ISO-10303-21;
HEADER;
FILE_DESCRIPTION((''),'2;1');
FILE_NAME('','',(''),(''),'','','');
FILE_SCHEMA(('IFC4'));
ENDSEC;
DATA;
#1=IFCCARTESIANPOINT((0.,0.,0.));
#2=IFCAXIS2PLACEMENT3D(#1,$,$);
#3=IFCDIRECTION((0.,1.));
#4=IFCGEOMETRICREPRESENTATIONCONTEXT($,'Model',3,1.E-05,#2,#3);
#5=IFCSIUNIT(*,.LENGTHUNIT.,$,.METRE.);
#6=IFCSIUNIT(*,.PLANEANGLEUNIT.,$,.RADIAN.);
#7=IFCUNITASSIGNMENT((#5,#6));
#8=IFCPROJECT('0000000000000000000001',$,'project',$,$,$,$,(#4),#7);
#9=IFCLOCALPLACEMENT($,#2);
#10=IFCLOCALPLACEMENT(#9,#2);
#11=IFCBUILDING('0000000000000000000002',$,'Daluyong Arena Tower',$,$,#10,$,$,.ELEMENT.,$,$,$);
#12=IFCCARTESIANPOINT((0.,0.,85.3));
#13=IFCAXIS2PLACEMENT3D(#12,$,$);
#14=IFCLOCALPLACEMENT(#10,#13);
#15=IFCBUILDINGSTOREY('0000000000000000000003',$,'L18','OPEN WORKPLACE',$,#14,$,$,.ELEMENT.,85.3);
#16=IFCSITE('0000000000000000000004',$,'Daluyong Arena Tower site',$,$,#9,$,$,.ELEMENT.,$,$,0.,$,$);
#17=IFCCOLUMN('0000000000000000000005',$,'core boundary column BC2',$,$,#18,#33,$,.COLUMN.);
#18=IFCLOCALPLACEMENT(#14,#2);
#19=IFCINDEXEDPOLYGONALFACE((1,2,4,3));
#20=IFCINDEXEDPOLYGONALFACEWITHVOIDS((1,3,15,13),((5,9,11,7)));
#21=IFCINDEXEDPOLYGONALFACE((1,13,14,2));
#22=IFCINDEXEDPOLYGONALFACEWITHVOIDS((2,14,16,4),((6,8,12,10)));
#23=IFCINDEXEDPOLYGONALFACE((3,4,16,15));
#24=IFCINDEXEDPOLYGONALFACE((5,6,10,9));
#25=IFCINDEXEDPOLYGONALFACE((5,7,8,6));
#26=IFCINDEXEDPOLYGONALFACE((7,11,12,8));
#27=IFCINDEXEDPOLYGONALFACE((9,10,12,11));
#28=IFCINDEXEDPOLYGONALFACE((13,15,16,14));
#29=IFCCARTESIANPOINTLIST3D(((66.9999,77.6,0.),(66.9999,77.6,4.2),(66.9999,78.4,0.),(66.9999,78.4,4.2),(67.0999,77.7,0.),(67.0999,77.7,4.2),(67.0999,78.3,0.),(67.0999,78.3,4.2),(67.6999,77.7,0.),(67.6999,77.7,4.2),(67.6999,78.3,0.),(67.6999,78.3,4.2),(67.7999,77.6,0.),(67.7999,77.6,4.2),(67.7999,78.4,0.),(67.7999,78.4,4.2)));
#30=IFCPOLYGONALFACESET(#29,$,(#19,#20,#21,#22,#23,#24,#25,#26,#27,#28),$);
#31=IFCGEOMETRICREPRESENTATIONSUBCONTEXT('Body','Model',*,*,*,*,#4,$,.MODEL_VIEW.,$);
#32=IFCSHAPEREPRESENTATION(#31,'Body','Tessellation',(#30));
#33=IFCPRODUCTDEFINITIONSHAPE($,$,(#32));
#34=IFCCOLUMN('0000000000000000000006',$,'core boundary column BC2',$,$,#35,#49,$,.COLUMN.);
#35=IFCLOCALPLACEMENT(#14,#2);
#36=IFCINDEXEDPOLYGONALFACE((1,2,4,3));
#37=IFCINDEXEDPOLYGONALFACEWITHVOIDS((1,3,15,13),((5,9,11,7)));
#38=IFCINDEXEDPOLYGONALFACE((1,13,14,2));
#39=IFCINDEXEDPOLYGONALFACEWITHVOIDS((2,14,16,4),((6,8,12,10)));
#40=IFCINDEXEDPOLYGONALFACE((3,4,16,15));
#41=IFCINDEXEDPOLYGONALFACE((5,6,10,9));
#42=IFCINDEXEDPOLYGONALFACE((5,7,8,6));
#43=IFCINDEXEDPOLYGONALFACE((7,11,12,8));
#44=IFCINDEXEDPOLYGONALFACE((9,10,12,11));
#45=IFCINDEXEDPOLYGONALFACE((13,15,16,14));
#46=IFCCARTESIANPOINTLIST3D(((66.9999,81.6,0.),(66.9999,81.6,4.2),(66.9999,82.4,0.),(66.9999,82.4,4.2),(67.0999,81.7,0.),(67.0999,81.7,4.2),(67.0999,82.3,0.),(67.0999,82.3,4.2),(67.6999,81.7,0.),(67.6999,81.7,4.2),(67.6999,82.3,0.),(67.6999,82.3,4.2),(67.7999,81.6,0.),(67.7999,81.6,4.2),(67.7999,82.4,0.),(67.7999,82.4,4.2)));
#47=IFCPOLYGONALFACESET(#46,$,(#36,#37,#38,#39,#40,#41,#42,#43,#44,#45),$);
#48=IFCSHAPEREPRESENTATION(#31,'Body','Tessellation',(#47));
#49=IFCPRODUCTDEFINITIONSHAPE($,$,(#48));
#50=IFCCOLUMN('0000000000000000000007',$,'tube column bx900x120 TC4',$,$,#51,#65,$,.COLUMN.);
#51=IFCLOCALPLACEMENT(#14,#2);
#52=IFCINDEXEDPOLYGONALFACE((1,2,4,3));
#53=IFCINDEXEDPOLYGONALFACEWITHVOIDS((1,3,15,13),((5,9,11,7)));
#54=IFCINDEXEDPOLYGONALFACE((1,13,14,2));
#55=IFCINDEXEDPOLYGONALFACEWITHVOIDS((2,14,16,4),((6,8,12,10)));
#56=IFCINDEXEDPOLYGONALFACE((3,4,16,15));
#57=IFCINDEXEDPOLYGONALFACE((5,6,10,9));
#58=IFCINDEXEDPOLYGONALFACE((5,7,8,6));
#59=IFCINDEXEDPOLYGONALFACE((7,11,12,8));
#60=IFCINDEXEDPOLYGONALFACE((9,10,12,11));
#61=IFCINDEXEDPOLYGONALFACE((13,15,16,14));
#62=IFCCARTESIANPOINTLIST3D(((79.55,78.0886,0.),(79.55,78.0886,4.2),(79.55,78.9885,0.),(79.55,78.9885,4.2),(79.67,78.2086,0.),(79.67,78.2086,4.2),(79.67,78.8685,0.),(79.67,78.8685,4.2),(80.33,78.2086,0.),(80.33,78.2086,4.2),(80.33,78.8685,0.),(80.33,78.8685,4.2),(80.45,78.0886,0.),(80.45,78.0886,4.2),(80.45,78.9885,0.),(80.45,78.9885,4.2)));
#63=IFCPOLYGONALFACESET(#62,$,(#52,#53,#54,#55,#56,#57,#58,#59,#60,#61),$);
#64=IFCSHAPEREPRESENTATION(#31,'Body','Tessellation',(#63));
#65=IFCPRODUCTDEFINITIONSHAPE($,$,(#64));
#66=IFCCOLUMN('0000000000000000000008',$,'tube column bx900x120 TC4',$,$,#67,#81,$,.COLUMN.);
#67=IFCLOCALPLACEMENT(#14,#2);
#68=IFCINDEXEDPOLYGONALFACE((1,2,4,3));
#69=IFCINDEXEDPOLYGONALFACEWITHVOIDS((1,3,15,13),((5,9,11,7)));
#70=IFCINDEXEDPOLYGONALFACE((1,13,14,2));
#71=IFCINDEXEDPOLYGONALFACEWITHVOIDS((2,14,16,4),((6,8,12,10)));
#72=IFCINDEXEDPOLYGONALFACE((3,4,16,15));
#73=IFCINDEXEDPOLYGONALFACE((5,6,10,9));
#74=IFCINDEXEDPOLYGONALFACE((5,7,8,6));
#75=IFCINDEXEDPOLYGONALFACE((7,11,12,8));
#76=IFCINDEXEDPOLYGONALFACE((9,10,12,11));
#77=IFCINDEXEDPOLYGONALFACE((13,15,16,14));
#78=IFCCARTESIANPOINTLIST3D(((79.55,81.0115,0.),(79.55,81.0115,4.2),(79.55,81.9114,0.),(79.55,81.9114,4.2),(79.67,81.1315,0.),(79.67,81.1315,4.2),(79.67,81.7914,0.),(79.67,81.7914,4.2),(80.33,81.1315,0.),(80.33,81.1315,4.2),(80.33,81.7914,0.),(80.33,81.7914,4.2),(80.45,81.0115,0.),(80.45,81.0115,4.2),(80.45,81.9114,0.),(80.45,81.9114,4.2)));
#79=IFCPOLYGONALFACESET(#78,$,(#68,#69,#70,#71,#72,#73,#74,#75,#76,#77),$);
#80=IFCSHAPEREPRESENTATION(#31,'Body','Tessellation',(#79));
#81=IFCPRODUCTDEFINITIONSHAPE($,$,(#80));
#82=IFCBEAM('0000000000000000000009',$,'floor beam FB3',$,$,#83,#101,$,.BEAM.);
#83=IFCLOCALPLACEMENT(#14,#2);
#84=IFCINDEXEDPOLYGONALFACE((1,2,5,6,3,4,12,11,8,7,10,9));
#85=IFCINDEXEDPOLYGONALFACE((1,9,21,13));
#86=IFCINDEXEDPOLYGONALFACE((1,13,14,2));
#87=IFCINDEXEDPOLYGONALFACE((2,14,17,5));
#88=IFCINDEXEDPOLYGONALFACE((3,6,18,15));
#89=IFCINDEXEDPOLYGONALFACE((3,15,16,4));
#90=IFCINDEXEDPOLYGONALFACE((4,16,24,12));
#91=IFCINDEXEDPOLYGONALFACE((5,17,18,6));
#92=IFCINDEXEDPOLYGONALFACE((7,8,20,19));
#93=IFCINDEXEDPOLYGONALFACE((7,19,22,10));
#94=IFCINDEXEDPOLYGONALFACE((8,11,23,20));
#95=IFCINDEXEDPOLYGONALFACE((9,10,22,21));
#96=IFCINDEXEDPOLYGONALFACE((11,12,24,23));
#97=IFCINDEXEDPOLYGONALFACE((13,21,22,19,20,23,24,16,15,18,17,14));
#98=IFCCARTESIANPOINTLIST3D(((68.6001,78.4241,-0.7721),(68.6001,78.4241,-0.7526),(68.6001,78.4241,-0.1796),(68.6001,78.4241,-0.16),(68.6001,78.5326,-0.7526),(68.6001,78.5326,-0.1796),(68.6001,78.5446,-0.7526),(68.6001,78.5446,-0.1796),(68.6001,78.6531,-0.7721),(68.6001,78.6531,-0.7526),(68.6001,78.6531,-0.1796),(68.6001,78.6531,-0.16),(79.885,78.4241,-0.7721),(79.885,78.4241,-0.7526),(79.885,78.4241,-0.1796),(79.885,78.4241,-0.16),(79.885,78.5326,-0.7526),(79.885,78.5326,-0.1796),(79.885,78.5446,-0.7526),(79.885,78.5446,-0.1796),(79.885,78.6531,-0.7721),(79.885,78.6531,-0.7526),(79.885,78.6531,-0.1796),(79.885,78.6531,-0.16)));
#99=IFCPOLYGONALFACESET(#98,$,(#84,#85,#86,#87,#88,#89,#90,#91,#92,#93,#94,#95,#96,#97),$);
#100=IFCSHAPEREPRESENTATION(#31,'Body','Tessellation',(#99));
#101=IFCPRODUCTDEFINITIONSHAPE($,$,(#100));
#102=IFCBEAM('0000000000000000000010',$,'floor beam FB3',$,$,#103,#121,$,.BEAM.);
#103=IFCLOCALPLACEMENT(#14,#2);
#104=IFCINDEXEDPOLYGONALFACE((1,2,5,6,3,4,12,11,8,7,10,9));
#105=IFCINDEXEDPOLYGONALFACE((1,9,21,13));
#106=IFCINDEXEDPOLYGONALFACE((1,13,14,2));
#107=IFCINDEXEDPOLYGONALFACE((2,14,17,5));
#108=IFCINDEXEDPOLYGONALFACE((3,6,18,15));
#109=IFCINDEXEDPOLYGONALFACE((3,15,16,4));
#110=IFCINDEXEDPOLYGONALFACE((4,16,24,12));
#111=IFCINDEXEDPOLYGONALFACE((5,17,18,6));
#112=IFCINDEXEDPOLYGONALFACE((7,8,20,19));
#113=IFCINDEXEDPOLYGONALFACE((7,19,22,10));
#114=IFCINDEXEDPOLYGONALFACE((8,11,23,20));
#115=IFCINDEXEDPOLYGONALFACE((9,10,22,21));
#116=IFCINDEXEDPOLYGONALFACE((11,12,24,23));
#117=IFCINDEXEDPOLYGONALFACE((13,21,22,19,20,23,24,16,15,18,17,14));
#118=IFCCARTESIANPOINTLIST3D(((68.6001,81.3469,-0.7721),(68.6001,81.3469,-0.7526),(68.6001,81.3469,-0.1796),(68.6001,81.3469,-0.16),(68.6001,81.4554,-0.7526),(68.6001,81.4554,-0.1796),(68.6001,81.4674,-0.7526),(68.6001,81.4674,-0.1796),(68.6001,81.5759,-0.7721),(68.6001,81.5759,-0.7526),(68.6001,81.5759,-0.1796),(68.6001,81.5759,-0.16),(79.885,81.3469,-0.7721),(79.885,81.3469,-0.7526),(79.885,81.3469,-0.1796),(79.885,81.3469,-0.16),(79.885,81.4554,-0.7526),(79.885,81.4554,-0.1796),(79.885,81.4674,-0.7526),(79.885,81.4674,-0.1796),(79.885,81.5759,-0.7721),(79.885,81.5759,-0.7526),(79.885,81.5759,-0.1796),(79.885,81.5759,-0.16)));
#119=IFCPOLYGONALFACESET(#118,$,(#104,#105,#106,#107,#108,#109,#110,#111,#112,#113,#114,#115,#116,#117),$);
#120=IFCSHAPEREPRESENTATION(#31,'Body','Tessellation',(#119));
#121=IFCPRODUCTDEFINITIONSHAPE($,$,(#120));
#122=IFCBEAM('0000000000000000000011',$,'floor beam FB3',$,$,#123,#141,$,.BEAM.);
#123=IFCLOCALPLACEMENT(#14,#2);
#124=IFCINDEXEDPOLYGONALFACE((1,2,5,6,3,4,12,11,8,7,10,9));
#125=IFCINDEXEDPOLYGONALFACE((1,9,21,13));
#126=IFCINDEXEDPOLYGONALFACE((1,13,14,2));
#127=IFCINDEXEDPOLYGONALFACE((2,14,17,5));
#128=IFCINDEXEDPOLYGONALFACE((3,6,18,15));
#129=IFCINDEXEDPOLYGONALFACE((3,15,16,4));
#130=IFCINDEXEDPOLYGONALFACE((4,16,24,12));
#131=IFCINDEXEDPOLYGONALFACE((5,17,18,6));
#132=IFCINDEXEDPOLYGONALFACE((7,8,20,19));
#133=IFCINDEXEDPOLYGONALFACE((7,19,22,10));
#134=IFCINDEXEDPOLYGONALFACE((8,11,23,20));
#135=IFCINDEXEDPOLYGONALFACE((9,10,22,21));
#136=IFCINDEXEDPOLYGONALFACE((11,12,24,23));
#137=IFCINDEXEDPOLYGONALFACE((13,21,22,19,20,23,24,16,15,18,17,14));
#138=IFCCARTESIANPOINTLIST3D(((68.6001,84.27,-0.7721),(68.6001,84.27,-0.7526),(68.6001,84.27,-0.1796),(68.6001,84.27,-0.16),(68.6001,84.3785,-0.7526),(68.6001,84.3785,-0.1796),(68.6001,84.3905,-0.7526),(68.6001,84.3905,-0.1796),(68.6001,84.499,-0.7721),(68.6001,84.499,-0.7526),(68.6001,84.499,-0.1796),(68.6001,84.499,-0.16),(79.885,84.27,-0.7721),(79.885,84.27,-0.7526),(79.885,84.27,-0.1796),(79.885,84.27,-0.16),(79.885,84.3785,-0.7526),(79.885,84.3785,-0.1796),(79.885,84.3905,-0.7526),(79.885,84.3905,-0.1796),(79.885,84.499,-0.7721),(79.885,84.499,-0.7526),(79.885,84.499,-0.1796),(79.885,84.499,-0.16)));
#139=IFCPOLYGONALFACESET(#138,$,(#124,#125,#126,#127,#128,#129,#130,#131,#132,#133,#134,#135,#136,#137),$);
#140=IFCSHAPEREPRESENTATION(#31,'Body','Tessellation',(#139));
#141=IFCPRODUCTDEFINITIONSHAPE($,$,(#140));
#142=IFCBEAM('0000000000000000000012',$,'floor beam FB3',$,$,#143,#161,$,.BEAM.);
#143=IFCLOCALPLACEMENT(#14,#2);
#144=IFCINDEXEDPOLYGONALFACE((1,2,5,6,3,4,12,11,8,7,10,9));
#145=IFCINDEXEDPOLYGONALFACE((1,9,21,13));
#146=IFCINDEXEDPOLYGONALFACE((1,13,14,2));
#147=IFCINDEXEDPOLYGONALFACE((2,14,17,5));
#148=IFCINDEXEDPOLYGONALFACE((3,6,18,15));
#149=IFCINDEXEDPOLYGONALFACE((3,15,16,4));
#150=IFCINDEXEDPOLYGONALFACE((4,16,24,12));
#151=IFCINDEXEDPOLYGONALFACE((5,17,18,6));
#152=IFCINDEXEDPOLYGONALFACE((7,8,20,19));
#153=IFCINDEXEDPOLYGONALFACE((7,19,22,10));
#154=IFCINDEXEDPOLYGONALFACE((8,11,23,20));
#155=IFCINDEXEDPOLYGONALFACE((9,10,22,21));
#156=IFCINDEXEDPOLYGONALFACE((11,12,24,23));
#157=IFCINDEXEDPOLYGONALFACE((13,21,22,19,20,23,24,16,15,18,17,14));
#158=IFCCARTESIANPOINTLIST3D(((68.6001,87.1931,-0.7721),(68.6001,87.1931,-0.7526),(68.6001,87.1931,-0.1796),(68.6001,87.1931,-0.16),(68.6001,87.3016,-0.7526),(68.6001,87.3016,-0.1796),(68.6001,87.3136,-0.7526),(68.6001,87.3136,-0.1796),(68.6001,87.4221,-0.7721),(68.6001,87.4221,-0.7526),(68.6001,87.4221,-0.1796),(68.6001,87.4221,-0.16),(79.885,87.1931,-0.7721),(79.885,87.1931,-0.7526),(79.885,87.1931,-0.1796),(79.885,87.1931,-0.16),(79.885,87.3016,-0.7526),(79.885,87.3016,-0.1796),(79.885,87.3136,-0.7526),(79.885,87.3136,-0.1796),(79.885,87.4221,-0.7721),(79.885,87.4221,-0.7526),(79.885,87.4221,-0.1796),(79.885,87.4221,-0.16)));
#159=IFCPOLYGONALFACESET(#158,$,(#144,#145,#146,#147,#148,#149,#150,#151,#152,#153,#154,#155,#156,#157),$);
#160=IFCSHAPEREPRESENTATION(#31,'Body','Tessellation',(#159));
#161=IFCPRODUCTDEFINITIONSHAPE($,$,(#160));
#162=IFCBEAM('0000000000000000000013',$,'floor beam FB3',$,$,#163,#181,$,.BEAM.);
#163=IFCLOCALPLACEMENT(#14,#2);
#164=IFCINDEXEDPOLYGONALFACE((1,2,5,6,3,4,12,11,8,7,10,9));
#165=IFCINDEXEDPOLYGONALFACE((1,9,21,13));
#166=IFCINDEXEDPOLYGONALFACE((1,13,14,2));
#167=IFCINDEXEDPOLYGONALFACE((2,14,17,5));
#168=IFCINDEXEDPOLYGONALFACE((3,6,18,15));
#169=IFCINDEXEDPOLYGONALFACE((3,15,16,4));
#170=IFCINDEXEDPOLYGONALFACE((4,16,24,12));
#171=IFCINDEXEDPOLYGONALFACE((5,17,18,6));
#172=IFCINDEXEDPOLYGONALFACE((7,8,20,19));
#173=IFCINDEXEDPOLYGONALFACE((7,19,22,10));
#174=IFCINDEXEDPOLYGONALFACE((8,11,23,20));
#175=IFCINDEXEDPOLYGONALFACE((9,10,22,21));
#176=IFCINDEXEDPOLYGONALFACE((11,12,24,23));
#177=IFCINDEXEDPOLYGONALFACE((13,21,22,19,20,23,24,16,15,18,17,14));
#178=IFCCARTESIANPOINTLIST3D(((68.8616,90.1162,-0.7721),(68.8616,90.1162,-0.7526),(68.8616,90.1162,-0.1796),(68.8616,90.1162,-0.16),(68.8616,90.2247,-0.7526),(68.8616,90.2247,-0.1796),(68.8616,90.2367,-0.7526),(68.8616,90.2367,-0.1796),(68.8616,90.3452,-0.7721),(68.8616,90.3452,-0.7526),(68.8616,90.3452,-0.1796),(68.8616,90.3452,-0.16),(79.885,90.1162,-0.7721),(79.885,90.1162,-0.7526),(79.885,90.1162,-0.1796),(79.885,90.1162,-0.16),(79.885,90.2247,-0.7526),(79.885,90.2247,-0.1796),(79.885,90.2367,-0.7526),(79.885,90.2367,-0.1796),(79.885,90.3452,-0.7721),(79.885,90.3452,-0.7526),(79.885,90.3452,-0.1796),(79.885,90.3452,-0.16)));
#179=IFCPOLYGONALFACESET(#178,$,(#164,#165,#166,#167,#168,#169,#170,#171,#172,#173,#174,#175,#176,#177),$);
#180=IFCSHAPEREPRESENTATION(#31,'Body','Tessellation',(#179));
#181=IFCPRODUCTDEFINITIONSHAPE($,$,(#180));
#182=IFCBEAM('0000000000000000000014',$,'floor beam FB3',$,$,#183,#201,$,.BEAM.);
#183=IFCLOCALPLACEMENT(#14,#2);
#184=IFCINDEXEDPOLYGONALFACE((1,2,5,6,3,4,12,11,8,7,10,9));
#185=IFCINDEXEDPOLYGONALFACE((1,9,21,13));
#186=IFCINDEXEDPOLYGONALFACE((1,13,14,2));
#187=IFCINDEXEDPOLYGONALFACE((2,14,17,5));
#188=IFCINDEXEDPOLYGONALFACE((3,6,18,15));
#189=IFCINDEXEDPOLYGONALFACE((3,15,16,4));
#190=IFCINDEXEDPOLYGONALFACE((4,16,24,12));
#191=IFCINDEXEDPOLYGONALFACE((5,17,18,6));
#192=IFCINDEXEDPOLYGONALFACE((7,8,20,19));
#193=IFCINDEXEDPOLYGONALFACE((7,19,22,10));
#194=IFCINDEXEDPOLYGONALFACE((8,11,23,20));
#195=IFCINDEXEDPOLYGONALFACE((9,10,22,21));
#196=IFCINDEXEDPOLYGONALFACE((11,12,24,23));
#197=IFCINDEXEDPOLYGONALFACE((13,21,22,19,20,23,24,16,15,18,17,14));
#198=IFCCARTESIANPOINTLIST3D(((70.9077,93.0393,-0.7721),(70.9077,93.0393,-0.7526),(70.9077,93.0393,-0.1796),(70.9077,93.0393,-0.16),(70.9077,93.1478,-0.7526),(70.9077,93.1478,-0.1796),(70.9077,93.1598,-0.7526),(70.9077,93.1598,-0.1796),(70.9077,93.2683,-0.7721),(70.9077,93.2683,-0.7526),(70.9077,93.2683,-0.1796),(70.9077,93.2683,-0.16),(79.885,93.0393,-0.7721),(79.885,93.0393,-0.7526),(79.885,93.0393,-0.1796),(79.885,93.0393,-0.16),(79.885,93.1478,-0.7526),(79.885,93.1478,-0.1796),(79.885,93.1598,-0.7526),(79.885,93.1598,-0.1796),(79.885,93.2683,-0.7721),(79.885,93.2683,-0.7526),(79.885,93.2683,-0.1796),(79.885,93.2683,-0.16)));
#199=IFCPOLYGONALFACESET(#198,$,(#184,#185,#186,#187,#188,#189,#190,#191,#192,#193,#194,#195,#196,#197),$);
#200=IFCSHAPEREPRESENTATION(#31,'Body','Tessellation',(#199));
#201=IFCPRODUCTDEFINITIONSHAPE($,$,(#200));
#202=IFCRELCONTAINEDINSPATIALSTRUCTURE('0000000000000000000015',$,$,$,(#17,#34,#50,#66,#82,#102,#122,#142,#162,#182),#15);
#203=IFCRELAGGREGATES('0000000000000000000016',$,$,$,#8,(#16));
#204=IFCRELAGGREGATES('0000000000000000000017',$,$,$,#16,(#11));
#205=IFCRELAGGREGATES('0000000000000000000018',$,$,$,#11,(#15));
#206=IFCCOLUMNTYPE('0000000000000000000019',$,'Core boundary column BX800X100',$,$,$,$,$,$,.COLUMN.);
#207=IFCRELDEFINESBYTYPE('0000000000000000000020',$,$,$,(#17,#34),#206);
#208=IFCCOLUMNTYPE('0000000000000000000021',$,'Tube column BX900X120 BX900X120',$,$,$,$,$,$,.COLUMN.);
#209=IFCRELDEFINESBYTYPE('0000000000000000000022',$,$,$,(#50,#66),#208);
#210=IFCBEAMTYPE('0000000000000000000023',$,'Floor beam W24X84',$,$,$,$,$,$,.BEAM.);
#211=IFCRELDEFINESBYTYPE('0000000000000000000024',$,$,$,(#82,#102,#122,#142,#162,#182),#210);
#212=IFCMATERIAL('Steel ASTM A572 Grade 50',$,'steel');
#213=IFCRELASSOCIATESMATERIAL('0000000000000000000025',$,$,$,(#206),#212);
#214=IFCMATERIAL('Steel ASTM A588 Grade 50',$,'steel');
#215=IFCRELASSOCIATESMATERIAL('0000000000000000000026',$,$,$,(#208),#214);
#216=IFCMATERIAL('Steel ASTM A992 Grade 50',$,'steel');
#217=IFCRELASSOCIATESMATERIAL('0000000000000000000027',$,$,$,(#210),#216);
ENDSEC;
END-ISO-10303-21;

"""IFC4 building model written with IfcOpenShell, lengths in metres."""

from ifc_helpers import new_model, si_unit, direction, frame, origin, origin_2d, place, context, subcontext, project, spatial, hollow_rectangle, i_section, extrude, material, material_profile, profile_set, type_object, element, save


model = new_model("IFC4")

# Units and contexts
model_context = context("Model", 3, precision=1e-05, world=origin(), true_north=direction((0.0, 1.0)))
body_context = subcontext(model_context, "Body", "Model", "MODEL_VIEW")
ifc_project = project(units=[si_unit("LENGTHUNIT", "METRE"), si_unit("PLANEANGLEUNIT", "RADIAN")], contexts=[model_context])

# Site, building, storey
site_placement = place(None, origin())
site = spatial("IfcSite", under=ifc_project, at=site_placement, Name="Daluyong Arena Tower site", CompositionType="ELEMENT", RefElevation=0.0)
building_placement = place(site_placement, origin())
building = spatial("IfcBuilding", under=site, at=building_placement, Name="Daluyong Arena Tower", CompositionType="ELEMENT")
storey_placement = place(building_placement, frame((0.0, 0.0, 85.3)))
storey = spatial("IfcBuildingStorey", under=building, at=storey_placement, Name="L18", Description="OPEN WORKPLACE", CompositionType="ELEMENT", Elevation=85.3)

# Columns
ifc_material_1 = material(Name="Steel ASTM A572 Grade 50", Category="steel")
ifc_material_profile_1 = material_profile(ifc_material_1, hollow_rectangle(XDim=0.8, YDim=0.8, WallThickness=0.1, at=origin_2d()))
ifc_profile_set_1 = profile_set([ifc_material_profile_1], Name="Steel ASTM A572 Grade 50")
column_type_1 = type_object("IfcColumnType", Name="Core boundary column BX800X100", PredefinedType="COLUMN", material=ifc_profile_set_1)
for number, where, z_axis, x_axis, name in (
    (1, (67.3999, 78.0, 0.0), (0.0, 0.0, 1.0), (1.0, 0.0, 0.0), "core boundary column BC2"),
    (2, (67.3999, 82.0, 0.0), (0.0, 0.0, 1.0), (1.0, 0.0, 0.0), "core boundary column BC2"),
):
    element("IfcColumn", number, at=place(storey_placement, frame(where, z_axis=z_axis, x_axis=x_axis)), inside=storey, type_object=column_type_1, Name=name, PredefinedType="COLUMN", context=body_context, shape_type="SweptSolid", body=[
        extrude(hollow_rectangle(XDim=0.8, YDim=0.8, WallThickness=0.1, at=origin_2d()), origin(), (0.0, 0.0, 1.0), 4.2),
    ])
ifc_material_2 = material(Name="Steel ASTM A588 Grade 50", Category="steel")
ifc_material_profile_2 = material_profile(ifc_material_2, hollow_rectangle(XDim=0.8999, YDim=0.8999, WallThickness=0.12, at=origin_2d()))
ifc_profile_set_2 = profile_set([ifc_material_profile_2], Name="Steel ASTM A588 Grade 50")
column_type_2 = type_object("IfcColumnType", Name="Tube column BX900X120 BX900X120", PredefinedType="COLUMN", material=ifc_profile_set_2)
for number, where, z_axis, x_axis, name in (
    (3, (80.0, 78.5386, 0.0), (0.0, 0.0, 1.0), (0.0, 1.0, 0.0), "tube column bx900x120 TC4"),
    (4, (80.0, 81.4614, 0.0), (0.0, 0.0, 1.0), (0.0, 1.0, 0.0), "tube column bx900x120 TC4"),
):
    element("IfcColumn", number, at=place(storey_placement, frame(where, z_axis=z_axis, x_axis=x_axis)), inside=storey, type_object=column_type_2, Name=name, PredefinedType="COLUMN", context=body_context, shape_type="SweptSolid", body=[
        extrude(hollow_rectangle(XDim=0.8999, YDim=0.8999, WallThickness=0.12, at=origin_2d()), origin(), (0.0, 0.0, 1.0), 4.2),
    ])

# Beams
ifc_material_3 = material(Name="Steel ASTM A992 Grade 50", Category="steel")
ifc_material_profile_3 = material_profile(ifc_material_3, i_section(OverallWidth=0.229, OverallDepth=0.6121, WebThickness=0.012, FlangeThickness=0.0195, at=origin_2d()))
ifc_profile_set_3 = profile_set([ifc_material_profile_3], Name="Steel ASTM A992 Grade 50")
beam_type_1 = type_object("IfcBeamType", Name="Floor beam W24X84", PredefinedType="BEAM", material=ifc_profile_set_3)
for number, where, z_axis, x_axis, name in (
    (5, (79.885, 78.5386, -0.4661), (-1.0, 0.0, 0.0), (0.0, -1.0, 0.0), "floor beam FB3"),
    (6, (79.885, 81.4614, -0.4661), (-1.0, 0.0, 0.0), (0.0, -1.0, 0.0), "floor beam FB3"),
    (7, (79.885, 84.3845, -0.4661), (-1.0, 0.0, 0.0), (0.0, -1.0, 0.0), "floor beam FB3"),
    (8, (79.885, 87.3076, -0.4661), (-1.0, 0.0, 0.0), (0.0, -1.0, 0.0), "floor beam FB3"),
):
    element("IfcBeam", number, at=place(storey_placement, frame(where, z_axis=z_axis, x_axis=x_axis)), inside=storey, type_object=beam_type_1, Name=name, PredefinedType="BEAM", context=body_context, shape_type="SweptSolid", body=[
        extrude(i_section(OverallWidth=0.229, OverallDepth=0.6121, WebThickness=0.012, FlangeThickness=0.0195, at=origin_2d()), origin(), (0.0, 0.0, 1.0), 11.2849),
    ])
beam_1_placement = place(storey_placement, frame((79.885, 90.2307, -0.4661), z_axis=(-1.0, 0.0, 0.0), x_axis=(0.0, -1.0, 0.0)))
element("IfcBeam", 9, at=beam_1_placement, inside=storey, type_object=beam_type_1, Name="floor beam FB3", PredefinedType="BEAM", context=body_context, shape_type="SweptSolid", body=[
    extrude(i_section(OverallWidth=0.229, OverallDepth=0.6121, WebThickness=0.012, FlangeThickness=0.0195, at=origin_2d()), origin(), (0.0, 0.0, 1.0), 11.0234),
])
beam_2_placement = place(storey_placement, frame((79.885, 93.1538, -0.4661), z_axis=(-1.0, 0.0, 0.0), x_axis=(0.0, -1.0, 0.0)))
element("IfcBeam", 10, at=beam_2_placement, inside=storey, type_object=beam_type_1, Name="floor beam FB3", PredefinedType="BEAM", context=body_context, shape_type="SweptSolid", body=[
    extrude(i_section(OverallWidth=0.229, OverallDepth=0.6121, WebThickness=0.012, FlangeThickness=0.0195, at=origin_2d()), origin(), (0.0, 0.0, 1.0), 8.9773),
])

save(model, "model.ifc")
